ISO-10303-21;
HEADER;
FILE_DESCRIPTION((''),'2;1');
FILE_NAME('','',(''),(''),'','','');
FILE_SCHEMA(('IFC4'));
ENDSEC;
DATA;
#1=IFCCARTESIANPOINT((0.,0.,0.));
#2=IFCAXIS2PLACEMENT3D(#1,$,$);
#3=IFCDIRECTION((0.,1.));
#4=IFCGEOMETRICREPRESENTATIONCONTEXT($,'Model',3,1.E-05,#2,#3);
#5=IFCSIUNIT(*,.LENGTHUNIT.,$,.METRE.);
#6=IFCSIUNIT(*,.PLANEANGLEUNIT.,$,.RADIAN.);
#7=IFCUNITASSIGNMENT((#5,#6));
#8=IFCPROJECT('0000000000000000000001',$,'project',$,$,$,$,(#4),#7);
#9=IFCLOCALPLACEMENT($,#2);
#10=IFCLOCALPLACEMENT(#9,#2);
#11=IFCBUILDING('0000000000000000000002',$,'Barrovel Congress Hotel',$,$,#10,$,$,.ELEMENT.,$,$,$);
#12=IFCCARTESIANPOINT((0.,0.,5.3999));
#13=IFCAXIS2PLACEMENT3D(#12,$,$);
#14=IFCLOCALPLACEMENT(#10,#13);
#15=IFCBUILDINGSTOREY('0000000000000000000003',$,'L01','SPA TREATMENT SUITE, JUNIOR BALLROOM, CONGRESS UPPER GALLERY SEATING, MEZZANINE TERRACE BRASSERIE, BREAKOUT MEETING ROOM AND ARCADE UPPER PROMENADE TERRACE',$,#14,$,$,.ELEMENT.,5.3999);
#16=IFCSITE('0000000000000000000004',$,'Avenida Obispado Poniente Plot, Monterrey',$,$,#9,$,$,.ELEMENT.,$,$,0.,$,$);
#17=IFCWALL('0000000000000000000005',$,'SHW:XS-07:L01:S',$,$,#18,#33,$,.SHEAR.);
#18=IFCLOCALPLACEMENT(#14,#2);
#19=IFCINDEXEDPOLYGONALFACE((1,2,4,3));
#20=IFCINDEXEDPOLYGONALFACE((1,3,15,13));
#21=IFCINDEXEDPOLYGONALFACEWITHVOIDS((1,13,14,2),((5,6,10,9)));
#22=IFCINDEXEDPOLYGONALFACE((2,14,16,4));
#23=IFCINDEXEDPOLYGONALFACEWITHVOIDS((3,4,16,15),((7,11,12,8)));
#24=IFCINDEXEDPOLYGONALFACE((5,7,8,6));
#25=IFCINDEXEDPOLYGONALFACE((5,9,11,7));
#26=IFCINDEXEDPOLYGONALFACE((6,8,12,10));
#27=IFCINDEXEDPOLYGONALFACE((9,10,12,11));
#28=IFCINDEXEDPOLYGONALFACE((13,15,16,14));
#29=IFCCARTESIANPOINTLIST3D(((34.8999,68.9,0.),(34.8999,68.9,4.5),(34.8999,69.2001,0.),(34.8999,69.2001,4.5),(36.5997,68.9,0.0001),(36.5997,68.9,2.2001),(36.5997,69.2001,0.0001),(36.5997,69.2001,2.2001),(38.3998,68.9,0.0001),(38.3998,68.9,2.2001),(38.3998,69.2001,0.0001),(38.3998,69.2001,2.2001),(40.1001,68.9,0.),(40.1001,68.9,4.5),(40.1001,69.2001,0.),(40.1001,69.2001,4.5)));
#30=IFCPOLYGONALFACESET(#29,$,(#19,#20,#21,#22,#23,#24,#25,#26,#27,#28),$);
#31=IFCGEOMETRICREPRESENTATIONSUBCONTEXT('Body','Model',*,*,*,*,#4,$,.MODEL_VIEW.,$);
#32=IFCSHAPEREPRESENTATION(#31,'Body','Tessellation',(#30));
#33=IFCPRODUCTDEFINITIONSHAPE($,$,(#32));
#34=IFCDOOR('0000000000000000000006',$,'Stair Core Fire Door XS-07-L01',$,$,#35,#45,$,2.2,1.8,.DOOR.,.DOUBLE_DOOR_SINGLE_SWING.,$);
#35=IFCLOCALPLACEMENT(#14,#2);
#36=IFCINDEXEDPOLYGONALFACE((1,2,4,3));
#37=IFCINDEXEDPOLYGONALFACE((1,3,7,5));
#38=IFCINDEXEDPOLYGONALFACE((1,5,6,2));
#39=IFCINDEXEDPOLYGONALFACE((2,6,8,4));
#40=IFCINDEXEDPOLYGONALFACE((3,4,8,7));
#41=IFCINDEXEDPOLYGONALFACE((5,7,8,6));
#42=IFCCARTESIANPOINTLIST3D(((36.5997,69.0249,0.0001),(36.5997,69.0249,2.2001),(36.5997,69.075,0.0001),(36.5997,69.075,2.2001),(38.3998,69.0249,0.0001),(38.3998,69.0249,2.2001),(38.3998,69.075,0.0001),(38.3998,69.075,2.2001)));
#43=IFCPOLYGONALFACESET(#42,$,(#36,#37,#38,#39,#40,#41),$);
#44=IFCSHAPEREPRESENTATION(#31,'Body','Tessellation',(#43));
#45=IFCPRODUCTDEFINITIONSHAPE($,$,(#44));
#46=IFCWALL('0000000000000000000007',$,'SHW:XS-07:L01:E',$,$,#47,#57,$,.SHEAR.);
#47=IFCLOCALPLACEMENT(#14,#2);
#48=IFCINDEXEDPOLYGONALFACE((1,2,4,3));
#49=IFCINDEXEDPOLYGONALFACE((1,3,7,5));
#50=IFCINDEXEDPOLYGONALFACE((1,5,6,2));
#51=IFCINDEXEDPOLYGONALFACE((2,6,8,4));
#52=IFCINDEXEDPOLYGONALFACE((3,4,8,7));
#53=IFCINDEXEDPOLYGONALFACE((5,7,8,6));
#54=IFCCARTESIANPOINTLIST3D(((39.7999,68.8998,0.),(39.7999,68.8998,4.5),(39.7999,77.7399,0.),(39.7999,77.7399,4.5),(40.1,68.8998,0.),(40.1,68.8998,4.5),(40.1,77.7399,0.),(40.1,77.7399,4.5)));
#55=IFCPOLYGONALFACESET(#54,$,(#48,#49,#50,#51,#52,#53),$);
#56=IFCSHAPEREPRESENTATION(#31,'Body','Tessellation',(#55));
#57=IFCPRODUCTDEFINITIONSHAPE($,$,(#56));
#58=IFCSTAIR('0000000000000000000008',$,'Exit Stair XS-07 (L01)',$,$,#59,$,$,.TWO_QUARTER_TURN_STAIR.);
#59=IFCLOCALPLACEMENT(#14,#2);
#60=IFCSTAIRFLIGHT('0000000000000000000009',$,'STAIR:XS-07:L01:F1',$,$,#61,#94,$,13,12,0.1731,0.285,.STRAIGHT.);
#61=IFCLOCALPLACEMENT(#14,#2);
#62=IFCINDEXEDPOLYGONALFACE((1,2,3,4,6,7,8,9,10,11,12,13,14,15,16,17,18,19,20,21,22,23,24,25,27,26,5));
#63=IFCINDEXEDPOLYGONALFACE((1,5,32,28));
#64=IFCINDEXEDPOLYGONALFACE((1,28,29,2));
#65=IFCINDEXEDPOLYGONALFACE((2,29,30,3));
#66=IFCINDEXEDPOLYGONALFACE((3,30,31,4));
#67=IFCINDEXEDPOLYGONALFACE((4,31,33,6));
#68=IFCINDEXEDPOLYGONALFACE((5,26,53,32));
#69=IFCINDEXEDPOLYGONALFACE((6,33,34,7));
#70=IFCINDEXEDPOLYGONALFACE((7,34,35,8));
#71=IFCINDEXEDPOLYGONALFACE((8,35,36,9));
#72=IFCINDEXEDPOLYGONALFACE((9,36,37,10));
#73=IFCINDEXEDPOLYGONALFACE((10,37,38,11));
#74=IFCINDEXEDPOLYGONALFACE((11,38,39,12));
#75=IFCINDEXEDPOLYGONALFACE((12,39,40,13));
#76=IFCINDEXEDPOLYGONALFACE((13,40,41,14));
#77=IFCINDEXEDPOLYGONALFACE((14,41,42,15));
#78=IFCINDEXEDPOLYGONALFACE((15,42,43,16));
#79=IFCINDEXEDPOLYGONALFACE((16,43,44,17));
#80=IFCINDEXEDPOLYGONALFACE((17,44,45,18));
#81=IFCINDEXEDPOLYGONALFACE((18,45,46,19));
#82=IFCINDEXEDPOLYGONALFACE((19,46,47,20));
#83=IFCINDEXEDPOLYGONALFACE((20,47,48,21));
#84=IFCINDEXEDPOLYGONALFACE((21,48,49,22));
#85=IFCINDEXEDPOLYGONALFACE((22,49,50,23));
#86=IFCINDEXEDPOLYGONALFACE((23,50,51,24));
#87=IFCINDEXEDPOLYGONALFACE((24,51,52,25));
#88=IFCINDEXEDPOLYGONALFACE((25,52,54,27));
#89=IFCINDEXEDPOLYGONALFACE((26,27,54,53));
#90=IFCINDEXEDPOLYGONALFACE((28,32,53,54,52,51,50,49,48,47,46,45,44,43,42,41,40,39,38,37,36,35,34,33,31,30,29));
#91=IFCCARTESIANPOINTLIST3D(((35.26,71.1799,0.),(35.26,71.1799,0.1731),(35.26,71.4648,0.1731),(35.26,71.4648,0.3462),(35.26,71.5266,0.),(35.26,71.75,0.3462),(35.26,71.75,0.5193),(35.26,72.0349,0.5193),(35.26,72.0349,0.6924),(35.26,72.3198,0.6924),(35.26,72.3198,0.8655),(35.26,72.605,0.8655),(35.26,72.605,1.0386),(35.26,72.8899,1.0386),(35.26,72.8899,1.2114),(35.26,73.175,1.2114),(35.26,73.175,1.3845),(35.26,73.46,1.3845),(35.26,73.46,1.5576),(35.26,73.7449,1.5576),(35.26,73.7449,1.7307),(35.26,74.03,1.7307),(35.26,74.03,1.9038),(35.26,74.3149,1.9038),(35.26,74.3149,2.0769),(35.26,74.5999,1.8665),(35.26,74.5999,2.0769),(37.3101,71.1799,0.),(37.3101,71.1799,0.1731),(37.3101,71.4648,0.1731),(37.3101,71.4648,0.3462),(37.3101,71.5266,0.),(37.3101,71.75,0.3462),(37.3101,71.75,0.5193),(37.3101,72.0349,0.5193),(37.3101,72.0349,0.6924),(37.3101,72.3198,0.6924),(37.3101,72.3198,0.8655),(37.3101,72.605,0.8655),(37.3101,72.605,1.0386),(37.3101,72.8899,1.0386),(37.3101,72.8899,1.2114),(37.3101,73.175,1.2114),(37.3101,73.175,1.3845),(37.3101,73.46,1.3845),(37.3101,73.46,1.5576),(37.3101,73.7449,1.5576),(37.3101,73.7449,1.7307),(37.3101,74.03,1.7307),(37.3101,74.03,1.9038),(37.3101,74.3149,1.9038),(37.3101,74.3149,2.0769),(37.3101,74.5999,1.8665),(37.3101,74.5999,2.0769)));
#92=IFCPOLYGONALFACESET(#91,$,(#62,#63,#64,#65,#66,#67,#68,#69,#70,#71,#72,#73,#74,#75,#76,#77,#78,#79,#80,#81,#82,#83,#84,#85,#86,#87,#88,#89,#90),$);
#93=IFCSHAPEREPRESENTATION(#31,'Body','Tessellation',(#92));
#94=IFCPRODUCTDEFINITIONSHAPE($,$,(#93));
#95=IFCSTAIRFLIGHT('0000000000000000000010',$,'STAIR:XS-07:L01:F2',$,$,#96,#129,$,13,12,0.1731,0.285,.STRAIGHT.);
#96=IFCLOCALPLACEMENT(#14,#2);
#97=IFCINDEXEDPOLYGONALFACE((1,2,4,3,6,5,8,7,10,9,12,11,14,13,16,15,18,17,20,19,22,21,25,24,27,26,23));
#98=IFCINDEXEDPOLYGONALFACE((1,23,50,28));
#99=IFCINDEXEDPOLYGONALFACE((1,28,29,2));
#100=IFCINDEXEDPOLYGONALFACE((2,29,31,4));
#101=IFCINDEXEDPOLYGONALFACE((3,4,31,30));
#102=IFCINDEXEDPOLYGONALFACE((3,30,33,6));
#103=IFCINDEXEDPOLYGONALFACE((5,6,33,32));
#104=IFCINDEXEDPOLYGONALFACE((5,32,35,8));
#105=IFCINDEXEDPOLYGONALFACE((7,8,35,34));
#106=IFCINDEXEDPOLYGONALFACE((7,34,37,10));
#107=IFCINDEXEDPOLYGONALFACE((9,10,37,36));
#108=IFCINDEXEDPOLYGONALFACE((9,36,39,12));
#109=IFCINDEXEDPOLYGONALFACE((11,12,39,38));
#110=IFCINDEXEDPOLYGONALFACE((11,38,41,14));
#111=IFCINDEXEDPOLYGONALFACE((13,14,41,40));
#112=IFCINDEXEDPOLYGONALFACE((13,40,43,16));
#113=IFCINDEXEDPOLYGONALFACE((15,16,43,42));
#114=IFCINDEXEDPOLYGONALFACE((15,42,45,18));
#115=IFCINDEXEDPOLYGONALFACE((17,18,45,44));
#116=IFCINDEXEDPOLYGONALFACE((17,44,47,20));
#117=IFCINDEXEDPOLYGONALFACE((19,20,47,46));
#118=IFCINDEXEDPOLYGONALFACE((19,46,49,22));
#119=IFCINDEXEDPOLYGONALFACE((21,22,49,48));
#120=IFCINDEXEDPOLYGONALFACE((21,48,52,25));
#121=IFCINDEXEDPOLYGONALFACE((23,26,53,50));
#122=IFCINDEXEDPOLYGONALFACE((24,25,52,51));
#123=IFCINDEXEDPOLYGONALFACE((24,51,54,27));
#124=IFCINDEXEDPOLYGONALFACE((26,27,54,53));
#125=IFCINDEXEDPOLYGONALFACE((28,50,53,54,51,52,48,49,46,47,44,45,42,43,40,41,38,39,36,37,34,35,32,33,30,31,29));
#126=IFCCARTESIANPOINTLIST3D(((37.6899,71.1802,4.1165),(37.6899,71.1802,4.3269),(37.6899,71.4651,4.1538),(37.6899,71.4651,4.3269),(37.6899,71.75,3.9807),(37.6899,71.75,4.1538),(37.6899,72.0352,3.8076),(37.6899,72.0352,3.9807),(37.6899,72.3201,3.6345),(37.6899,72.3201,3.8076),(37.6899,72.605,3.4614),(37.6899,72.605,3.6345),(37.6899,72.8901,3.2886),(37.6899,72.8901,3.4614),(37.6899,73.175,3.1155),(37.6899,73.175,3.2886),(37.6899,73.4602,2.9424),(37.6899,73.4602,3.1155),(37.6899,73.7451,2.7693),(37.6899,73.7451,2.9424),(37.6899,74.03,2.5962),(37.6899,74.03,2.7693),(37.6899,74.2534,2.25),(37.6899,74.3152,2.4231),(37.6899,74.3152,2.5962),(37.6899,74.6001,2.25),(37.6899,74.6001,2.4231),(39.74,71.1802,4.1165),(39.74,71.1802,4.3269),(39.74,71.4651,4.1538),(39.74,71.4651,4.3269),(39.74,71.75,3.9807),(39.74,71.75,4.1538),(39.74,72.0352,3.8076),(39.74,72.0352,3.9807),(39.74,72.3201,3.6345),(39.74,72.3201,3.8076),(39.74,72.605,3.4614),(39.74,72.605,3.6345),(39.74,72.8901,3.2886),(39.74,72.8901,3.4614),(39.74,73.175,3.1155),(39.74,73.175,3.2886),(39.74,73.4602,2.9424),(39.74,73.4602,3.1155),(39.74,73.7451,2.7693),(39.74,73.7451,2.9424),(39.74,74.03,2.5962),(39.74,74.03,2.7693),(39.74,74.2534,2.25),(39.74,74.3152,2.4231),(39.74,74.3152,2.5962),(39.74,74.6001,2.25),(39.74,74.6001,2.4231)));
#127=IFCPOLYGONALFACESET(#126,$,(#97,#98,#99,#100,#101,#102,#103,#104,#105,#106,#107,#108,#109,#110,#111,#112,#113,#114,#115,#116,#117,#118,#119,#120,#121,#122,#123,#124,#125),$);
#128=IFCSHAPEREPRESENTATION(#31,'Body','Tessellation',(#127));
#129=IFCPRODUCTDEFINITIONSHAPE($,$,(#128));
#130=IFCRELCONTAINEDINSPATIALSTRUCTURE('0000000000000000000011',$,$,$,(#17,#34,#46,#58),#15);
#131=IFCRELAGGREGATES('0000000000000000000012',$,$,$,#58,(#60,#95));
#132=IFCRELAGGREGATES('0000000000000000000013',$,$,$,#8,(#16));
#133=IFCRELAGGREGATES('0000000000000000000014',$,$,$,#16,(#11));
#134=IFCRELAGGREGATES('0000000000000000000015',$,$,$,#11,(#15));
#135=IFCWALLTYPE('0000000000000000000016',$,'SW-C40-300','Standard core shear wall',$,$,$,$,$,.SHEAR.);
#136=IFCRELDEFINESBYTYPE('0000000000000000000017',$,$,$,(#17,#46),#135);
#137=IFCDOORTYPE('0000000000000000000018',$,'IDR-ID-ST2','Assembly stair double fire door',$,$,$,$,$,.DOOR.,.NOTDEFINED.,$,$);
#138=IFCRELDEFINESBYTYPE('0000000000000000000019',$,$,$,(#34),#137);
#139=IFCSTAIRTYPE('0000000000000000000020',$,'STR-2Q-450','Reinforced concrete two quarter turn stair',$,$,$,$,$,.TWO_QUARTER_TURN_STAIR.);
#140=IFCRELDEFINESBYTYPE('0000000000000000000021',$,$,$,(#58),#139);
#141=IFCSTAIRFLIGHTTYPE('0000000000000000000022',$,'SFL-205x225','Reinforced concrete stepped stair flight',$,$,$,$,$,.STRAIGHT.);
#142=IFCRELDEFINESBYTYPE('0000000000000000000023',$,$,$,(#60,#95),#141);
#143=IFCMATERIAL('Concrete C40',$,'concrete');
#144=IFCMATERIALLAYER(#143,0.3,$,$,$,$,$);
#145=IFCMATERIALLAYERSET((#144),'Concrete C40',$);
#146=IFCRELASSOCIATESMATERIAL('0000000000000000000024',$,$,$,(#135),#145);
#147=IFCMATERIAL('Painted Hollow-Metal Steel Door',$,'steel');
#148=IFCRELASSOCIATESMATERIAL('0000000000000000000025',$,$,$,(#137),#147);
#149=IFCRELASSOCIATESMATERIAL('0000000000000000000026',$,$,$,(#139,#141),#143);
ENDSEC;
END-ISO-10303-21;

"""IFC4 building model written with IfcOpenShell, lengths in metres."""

from ifc_helpers import new_model, si_unit, direction, frame, frame_2d, origin, place, context, subcontext, project, spatial, polyline, rectangle, outline, extrude, material, layer, layer_set, type_object, element, fill, aggregate, save


model = new_model("IFC4")

# Units and contexts
model_context = context("Model", 3, precision=1e-05, world=origin(), true_north=direction((0.0, 1.0)))
body_context = subcontext(model_context, "Body", "Model", "MODEL_VIEW")
ifc_project = project(units=[si_unit("LENGTHUNIT", "METRE"), si_unit("PLANEANGLEUNIT", "RADIAN")], contexts=[model_context])

# Site, building, storey
site_placement = place(None, origin())
site = spatial("IfcSite", under=ifc_project, at=site_placement, Name="Avenida Obispado Poniente Plot, Monterrey", CompositionType="ELEMENT", RefElevation=0.0)
building_placement = place(site_placement, origin())
building = spatial("IfcBuilding", under=site, at=building_placement, Name="Barrovel Congress Hotel", CompositionType="ELEMENT")
storey_placement = place(building_placement, frame((0.0, 0.0, 5.3999)))
storey = spatial("IfcBuildingStorey", under=building, at=storey_placement, Name="L01", Description="SPA TREATMENT SUITE, JUNIOR BALLROOM, CONGRESS UPPER GALLERY SEATING, MEZZANINE TERRACE BRASSERIE, BREAKOUT MEETING ROOM AND ARCADE UPPER PROMENADE TERRACE", CompositionType="ELEMENT", Elevation=5.3999)

# Shared definitions
ifc_material_1 = material(Name="Concrete C40", Category="concrete")

# Wall, opening, door
ifc_layer_1 = layer(ifc_material_1, 0.3)
ifc_layer_set_1 = layer_set([ifc_layer_1], Name="Concrete C40")
wall_type_1 = type_object("IfcWallType", Name="SW-C40-300", Description="Standard core shear wall", PredefinedType="SHEAR", material=ifc_layer_set_1)
wall_1_placement = place(storey_placement, frame((34.8999, 69.05, 0.0), z_axis=(0.0, 0.0, 1.0), x_axis=(1.0, 0.0, 0.0)))
wall_1 = element("IfcWall", 1, at=wall_1_placement, inside=storey, type_object=wall_type_1, Name="SHW:XS-07:L01:S", PredefinedType="SHEAR", context=body_context, shape_type="SweptSolid", body=[
    extrude(rectangle(XDim=5.2002, YDim=0.3, at=frame_2d((2.6001, 0.0))), origin(), (0.0, 0.0, 1.0), 4.5),
])
opening_1_placement = place(wall_1_placement, frame((1.7, 0.0, 0.0)))
opening_1 = element("IfcOpeningElement", 2, at=opening_1_placement, cuts=wall_1, PredefinedType="OPENING", context=body_context, shape_type="SweptSolid", body=[
    extrude(rectangle(XDim=1.8, YDim=2.2, at=frame_2d((0.8999, 1.1001))), frame((0.0, 0.1602, 0.0), z_axis=(0.0, -1.0, 0.0), x_axis=(1.0, 0.0, 0.0)), (0.0, 0.0, 1.0), 0.3201),
])
ifc_material_2 = material(Name="Painted Hollow-Metal Steel Door", Category="steel")
door_type_1 = type_object("IfcDoorType", Name="IDR-ID-ST2", Description="Assembly stair double fire door", OperationType="NOTDEFINED", PredefinedType="DOOR", material=ifc_material_2)
door_1_placement = place(opening_1_placement, origin())
door_1 = element("IfcDoor", 3, at=door_1_placement, inside=storey, type_object=door_type_1, Name="Stair Core Fire Door XS-07-L01", OperationType="DOUBLE_DOOR_SINGLE_SWING", OverallHeight=2.2, OverallWidth=1.8, PredefinedType="DOOR", context=body_context, shape_type="SweptSolid", body=[
    extrude(rectangle(XDim=1.8, YDim=2.2, at=frame_2d((0.8999, 1.1001))), frame((0.0, 0.0249, 0.0), z_axis=(0.0, -1.0, 0.0), x_axis=(1.0, 0.0, 0.0)), (0.0, 0.0, 1.0), 0.05),
])
fill(opening_1, door_1)

# Wall
wall_2_placement = place(storey_placement, frame((39.95, 68.8999, 0.0), z_axis=(0.0, 0.0, 1.0), x_axis=(0.0, 1.0, 0.0)))
element("IfcWall", 4, at=wall_2_placement, inside=storey, type_object=wall_type_1, Name="SHW:XS-07:L01:E", PredefinedType="SHEAR", context=body_context, shape_type="SweptSolid", body=[
    extrude(rectangle(XDim=8.8401, YDim=0.3, at=frame_2d((4.4199, 0.0))), origin(), (0.0, 0.0, 1.0), 4.5),
])

# Stair, stair flights
stair_type = type_object("IfcStairType", Name="STR-2Q-450", Description="Reinforced concrete two quarter turn stair", PredefinedType="TWO_QUARTER_TURN_STAIR", material=ifc_material_1)
stair_placement = place(storey_placement, origin())
stair = element("IfcStair", 5, at=stair_placement, inside=storey, type_object=stair_type, Name="Exit Stair XS-07 (L01)", PredefinedType="TWO_QUARTER_TURN_STAIR")
stair_flight_type = type_object("IfcStairFlightType", Name="SFL-205x225", Description="Reinforced concrete stepped stair flight", PredefinedType="STRAIGHT", material=ifc_material_1)
stair_flight_1_placement = place(storey_placement, frame((36.2849, 71.1799, 0.0), z_axis=(0.0, 0.0, 1.0), x_axis=(0.0, 1.0, 0.0)))
stair_flight_1 = element("IfcStairFlight", 6, at=stair_flight_1_placement, type_object=stair_flight_type, Name="STAIR:XS-07:L01:F1", NumberOfRisers=13, NumberOfTreads=12, PredefinedType="STRAIGHT", RiserHeight=0.1731, TreadLength=0.285, context=body_context, shape_type="SweptSolid", body=[
    extrude(outline(polyline([(0.0, 0.0), (0.0, 0.1731), (0.2849, 0.1731), (0.2849, 0.3462), (0.5701, 0.3462), (0.5701, 0.5193), (0.855, 0.5193), (0.855, 0.6924), (1.1399, 0.6924), (1.1399, 0.8655), (1.425, 0.8655), (1.425, 1.0386), (1.71, 1.0386), (1.71, 1.2114), (1.9951, 1.2114), (1.9951, 1.3845), (2.28, 1.3845), (2.28, 1.5576), (2.5649, 1.5576), (2.5649, 1.7307), (2.8501, 1.7307), (2.8501, 1.9038), (3.135, 1.9038), (3.135, 2.0769), (3.4199, 2.0769), (3.4199, 2.25), (3.4199, 1.8665), (0.3467, 0.0), (0.0, 0.0)])), frame((0.0, 1.0249, 0.0), z_axis=(0.0, -1.0, 0.0), x_axis=(1.0, 0.0, 0.0)), (0.0, 0.0, 1.0), 2.05),
])
stair_flight_2_placement = place(storey_placement, frame((38.7151, 74.6001, 2.25), z_axis=(0.0, 0.0, 1.0), x_axis=(0.0, -1.0, 0.0)))
stair_flight_2 = element("IfcStairFlight", 7, at=stair_flight_2_placement, type_object=stair_flight_type, Name="STAIR:XS-07:L01:F2", NumberOfRisers=13, NumberOfTreads=12, PredefinedType="STRAIGHT", RiserHeight=0.1731, TreadLength=0.285, context=body_context, shape_type="SweptSolid", body=[
    extrude(outline(polyline([(0.0, 0.0), (0.0, 0.1731), (0.2849, 0.1731), (0.2849, 0.3462), (0.5701, 0.3462), (0.5701, 0.5193), (0.855, 0.5193), (0.855, 0.6924), (1.1399, 0.6924), (1.1399, 0.8655), (1.425, 0.8655), (1.425, 1.0386), (1.71, 1.0386), (1.71, 1.2114), (1.9951, 1.2114), (1.9951, 1.3845), (2.28, 1.3845), (2.28, 1.5576), (2.5649, 1.5576), (2.5649, 1.7307), (2.8501, 1.7307), (2.8501, 1.9038), (3.135, 1.9038), (3.135, 2.0769), (3.4199, 2.0769), (3.4199, 2.25), (3.4199, 1.8665), (0.3467, 0.0), (0.0, 0.0)])), frame((0.0, 1.0249, 0.0), z_axis=(0.0, -1.0, 0.0), x_axis=(1.0, 0.0, 0.0)), (0.0, 0.0, 1.0), 2.05),
])
aggregate(stair, [stair_flight_1, stair_flight_2])

save(model, "model.ifc")
